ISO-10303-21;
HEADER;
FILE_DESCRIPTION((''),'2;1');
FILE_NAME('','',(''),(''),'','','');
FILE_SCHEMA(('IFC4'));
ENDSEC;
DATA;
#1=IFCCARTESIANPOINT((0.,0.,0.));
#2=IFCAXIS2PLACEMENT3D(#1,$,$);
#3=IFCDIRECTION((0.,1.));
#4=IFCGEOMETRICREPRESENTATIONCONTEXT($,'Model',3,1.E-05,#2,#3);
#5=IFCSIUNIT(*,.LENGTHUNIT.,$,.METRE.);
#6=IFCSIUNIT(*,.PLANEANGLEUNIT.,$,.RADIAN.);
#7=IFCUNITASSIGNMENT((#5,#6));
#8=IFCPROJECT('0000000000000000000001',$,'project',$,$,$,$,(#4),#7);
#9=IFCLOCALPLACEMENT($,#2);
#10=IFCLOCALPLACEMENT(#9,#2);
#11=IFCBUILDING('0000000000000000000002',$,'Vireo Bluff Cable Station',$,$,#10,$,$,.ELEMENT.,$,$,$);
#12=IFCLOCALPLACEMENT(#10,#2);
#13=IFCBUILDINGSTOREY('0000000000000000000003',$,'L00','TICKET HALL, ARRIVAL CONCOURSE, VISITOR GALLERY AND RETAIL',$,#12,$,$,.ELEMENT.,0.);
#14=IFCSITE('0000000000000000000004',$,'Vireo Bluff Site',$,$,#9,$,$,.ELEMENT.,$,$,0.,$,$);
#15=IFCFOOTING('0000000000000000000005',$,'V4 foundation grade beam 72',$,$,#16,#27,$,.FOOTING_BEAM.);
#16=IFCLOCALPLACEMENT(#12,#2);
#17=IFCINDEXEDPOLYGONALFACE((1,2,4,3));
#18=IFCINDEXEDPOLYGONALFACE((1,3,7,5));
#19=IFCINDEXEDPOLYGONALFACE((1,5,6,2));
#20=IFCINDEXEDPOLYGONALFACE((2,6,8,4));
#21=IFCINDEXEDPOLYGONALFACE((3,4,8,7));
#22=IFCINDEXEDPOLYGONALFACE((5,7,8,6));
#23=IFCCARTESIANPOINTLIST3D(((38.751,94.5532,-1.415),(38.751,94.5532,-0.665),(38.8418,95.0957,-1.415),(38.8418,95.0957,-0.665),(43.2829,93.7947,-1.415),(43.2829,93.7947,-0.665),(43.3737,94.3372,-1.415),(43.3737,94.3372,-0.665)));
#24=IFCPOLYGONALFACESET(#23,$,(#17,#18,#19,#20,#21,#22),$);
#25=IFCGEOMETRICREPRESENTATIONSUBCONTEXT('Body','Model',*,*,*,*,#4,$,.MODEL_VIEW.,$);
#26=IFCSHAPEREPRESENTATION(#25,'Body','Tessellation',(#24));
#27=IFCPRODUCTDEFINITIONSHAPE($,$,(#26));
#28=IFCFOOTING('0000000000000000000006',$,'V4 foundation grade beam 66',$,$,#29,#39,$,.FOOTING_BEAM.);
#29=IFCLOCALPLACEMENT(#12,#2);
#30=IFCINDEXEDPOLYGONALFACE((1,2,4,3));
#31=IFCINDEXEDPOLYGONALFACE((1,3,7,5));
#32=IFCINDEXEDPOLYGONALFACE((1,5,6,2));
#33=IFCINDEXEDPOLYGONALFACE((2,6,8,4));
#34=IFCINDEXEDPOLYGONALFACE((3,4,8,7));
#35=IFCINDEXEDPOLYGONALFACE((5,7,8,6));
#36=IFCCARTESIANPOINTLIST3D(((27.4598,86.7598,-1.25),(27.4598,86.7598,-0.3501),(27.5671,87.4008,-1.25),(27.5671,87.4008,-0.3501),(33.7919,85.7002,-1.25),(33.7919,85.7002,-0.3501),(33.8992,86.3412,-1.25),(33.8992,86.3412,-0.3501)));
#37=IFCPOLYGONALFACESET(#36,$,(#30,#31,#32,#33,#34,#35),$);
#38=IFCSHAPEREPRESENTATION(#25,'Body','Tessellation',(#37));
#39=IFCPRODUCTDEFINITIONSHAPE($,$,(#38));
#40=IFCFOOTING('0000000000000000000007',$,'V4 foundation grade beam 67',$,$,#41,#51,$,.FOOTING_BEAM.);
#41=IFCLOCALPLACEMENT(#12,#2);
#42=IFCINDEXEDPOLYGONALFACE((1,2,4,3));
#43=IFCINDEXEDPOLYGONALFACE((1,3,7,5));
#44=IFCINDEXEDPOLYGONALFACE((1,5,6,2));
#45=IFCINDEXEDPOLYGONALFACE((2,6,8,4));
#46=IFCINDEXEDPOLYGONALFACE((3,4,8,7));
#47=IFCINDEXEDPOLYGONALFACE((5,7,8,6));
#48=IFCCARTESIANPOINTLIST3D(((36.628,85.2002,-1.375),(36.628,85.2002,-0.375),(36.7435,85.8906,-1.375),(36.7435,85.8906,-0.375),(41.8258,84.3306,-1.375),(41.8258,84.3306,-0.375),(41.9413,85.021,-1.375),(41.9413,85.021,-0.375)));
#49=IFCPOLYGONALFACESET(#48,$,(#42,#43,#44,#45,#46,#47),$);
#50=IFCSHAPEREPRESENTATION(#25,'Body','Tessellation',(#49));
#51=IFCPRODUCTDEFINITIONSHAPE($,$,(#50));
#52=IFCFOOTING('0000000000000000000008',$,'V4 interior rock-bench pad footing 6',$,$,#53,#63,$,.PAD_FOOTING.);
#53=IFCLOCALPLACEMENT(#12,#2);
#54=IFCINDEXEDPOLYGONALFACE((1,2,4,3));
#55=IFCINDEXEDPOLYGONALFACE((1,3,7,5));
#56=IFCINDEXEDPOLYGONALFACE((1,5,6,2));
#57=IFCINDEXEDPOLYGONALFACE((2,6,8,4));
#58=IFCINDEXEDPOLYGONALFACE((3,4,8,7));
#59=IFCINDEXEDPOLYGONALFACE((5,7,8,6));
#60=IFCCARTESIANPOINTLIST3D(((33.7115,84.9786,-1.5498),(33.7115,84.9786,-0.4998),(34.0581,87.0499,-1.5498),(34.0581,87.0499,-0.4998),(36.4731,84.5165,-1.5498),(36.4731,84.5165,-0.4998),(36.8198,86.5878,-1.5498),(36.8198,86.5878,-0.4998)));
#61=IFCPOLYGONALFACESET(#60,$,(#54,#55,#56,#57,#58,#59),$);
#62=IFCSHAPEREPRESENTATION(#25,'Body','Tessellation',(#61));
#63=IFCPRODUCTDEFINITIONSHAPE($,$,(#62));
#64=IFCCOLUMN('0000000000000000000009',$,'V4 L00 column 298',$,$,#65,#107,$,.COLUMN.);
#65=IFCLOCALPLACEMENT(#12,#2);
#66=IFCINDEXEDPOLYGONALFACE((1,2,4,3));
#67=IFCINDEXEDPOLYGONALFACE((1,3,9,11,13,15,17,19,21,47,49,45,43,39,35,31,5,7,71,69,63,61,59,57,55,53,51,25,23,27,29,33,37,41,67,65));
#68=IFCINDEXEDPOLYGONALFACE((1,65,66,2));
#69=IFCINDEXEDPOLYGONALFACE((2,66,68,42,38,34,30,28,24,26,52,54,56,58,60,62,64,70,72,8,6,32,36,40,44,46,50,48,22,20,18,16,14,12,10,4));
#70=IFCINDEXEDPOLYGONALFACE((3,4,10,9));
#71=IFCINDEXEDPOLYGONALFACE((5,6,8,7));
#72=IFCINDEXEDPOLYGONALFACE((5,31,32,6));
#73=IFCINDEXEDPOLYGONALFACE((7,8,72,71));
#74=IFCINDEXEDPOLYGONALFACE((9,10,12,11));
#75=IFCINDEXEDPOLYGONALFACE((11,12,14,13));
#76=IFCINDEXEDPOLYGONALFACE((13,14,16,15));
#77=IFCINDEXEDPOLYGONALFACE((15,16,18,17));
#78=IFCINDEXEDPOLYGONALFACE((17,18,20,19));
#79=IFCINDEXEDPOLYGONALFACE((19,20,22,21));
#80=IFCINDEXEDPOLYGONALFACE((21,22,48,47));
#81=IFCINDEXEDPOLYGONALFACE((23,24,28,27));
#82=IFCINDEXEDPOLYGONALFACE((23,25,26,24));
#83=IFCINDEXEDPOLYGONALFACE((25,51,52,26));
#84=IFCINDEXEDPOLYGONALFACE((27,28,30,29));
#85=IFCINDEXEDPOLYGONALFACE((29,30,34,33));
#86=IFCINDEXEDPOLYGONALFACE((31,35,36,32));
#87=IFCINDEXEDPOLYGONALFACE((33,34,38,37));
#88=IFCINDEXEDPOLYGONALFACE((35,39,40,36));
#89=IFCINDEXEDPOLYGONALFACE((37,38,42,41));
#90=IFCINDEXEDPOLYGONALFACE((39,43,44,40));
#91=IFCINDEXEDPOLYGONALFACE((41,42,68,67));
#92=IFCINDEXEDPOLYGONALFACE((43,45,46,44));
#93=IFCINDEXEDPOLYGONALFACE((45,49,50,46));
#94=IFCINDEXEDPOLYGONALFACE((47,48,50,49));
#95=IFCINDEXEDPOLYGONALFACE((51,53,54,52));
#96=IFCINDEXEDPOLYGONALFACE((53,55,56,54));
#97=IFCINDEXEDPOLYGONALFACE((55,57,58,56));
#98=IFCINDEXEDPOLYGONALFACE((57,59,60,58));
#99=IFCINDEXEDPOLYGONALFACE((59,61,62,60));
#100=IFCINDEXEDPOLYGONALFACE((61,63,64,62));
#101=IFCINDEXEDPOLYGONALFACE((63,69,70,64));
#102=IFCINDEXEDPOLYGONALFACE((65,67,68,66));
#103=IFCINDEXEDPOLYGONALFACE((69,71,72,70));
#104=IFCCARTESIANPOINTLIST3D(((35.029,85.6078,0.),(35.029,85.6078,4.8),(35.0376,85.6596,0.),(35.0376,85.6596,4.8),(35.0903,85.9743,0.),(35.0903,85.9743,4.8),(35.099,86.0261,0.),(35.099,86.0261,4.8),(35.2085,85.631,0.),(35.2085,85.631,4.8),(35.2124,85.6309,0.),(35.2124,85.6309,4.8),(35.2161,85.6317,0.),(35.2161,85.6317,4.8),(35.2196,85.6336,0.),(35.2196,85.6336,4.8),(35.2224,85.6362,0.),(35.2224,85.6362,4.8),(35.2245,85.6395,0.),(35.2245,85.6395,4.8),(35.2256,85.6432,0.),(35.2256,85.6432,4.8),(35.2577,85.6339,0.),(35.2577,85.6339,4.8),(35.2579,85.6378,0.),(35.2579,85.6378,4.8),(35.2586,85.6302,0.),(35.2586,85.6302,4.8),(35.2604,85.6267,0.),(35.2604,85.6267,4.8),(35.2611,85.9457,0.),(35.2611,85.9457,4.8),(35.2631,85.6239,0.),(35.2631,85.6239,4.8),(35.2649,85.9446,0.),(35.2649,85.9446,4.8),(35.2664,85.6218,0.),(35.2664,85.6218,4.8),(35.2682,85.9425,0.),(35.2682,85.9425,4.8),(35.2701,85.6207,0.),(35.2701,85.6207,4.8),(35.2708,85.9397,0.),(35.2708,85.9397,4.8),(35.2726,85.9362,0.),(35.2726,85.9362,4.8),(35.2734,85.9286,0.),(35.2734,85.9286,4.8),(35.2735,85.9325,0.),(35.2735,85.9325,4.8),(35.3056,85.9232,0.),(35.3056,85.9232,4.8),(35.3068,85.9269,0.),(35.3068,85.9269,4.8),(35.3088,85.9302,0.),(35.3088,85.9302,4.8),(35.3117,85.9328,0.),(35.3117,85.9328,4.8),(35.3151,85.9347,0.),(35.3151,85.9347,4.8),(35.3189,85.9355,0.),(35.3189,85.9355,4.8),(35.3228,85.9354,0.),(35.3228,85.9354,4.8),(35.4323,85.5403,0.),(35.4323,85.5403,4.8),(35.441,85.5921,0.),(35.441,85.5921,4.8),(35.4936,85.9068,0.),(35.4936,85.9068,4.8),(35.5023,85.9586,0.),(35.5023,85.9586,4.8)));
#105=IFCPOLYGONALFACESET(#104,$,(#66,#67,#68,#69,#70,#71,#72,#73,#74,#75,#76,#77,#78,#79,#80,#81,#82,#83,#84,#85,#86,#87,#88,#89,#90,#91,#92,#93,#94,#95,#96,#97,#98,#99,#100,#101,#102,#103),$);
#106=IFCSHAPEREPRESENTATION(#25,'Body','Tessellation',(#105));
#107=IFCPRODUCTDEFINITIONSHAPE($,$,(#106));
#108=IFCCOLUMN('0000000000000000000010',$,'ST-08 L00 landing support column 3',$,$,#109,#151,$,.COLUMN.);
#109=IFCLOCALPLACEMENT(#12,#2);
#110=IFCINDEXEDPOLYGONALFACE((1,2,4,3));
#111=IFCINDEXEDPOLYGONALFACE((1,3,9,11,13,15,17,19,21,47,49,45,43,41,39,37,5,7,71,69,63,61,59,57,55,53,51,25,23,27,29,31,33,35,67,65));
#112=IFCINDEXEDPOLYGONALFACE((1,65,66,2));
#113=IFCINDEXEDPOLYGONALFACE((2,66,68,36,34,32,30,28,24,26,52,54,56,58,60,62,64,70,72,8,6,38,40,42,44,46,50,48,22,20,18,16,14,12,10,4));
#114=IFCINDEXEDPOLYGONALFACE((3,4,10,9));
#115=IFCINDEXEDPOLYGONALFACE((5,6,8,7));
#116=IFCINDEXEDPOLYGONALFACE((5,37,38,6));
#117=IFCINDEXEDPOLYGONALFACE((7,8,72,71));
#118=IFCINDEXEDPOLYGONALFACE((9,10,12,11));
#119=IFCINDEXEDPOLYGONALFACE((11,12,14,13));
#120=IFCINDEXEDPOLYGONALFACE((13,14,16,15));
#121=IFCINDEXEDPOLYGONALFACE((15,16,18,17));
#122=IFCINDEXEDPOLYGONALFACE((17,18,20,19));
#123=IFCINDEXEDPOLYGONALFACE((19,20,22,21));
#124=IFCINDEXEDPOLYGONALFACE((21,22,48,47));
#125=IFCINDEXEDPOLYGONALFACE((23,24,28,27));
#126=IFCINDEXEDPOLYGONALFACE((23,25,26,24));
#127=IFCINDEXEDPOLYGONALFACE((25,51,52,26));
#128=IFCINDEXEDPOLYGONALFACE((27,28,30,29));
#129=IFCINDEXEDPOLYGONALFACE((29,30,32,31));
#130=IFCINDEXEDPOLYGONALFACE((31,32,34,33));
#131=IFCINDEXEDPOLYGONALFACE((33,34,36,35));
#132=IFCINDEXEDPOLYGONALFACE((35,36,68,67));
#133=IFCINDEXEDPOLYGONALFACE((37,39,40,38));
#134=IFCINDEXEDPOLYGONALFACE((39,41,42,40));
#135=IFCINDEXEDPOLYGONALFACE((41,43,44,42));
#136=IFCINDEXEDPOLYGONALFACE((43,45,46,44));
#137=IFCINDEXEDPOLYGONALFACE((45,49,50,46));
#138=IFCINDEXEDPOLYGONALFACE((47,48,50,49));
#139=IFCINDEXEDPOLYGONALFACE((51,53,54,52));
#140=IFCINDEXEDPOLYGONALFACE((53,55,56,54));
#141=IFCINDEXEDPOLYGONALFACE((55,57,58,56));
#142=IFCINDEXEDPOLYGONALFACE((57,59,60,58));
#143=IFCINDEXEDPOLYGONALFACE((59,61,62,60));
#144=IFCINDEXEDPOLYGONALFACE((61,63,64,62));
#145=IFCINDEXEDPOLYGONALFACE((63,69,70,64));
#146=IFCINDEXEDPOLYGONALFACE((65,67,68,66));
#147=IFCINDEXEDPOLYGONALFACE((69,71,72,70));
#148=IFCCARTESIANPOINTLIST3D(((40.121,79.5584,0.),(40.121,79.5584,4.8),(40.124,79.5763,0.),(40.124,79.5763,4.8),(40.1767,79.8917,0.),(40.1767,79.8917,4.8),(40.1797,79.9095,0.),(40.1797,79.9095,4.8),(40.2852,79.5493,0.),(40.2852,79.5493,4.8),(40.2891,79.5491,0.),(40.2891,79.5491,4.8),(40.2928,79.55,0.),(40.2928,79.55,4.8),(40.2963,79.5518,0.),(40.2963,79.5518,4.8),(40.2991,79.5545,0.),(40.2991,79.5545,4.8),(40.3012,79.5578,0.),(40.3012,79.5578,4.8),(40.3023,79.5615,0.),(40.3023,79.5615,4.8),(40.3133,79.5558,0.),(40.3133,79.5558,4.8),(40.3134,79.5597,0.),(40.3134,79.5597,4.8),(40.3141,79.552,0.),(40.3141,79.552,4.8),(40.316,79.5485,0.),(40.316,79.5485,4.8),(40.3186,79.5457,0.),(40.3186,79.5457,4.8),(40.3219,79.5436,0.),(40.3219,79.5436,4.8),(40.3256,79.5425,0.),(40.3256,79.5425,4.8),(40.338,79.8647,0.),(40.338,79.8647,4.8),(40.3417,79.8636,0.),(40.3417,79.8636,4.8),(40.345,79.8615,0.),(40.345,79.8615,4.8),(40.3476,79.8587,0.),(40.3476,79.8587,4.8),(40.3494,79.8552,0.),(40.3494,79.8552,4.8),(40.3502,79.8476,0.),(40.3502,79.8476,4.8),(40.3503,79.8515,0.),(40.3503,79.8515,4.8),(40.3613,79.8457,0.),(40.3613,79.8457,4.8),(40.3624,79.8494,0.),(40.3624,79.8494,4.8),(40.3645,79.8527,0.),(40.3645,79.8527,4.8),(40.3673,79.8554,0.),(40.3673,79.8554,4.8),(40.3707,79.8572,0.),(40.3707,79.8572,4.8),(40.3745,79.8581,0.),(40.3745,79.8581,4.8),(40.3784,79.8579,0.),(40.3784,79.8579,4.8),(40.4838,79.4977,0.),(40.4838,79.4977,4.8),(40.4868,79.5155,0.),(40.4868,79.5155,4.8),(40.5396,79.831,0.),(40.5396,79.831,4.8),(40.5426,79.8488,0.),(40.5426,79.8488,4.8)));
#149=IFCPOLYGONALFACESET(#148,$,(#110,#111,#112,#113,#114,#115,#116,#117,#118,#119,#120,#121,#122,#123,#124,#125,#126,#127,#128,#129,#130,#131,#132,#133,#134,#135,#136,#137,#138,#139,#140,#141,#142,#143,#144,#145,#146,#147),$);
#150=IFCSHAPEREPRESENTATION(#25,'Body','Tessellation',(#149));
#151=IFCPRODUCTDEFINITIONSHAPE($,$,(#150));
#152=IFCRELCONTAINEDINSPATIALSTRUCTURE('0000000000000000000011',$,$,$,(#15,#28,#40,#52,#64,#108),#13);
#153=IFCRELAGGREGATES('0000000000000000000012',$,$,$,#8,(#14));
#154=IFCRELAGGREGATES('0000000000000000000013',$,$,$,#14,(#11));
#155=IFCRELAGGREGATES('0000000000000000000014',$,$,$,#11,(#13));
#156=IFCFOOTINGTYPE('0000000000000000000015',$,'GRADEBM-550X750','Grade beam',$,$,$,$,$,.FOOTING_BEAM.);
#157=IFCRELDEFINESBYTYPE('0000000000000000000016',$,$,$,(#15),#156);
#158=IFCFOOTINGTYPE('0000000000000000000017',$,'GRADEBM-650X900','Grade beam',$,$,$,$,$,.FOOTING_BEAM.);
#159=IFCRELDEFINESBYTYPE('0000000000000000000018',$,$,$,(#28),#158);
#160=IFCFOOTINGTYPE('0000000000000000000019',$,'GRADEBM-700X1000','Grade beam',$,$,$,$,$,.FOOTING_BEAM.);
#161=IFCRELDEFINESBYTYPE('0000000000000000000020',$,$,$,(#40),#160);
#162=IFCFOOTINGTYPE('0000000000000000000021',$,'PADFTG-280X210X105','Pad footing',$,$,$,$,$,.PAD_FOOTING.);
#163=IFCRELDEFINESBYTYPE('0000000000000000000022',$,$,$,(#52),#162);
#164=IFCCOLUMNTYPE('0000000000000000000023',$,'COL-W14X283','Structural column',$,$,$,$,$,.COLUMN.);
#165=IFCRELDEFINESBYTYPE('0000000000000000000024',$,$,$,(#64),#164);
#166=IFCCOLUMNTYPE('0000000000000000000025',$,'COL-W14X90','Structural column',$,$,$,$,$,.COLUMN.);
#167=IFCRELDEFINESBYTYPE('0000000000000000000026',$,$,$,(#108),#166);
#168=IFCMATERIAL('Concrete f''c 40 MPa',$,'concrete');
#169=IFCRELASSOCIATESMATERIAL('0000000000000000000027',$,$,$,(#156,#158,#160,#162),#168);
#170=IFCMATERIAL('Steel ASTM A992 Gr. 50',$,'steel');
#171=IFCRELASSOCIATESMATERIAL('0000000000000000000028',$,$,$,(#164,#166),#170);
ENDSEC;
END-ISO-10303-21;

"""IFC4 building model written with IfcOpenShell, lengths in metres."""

from ifc_helpers import new_model, si_unit, direction, frame, origin, origin_2d, place, context, subcontext, project, spatial, rectangle, i_section, extrude, material, material_profile, profile_set, type_object, element, save


model = new_model("IFC4")

# Units and contexts
model_context = context("Model", 3, precision=1e-05, world=origin(), true_north=direction((0.0, 1.0)))
body_context = subcontext(model_context, "Body", "Model", "MODEL_VIEW")
ifc_project = project(units=[si_unit("LENGTHUNIT", "METRE"), si_unit("PLANEANGLEUNIT", "RADIAN")], contexts=[model_context])

# Site, building, storey
site_placement = place(None, origin())
site = spatial("IfcSite", under=ifc_project, at=site_placement, Name="Vireo Bluff Site", CompositionType="ELEMENT", RefElevation=0.0)
building_placement = place(site_placement, origin())
building = spatial("IfcBuilding", under=site, at=building_placement, Name="Vireo Bluff Cable Station", CompositionType="ELEMENT")
storey_placement = place(building_placement, origin())
storey = spatial("IfcBuildingStorey", under=building, at=storey_placement, Name="L00", Description="TICKET HALL, ARRIVAL CONCOURSE, VISITOR GALLERY AND RETAIL", CompositionType="ELEMENT", Elevation=0.0)

# Footings
ifc_material_1 = material(Name="Concrete f'c 40 MPa", Category="concrete")
ifc_material_profile_1 = material_profile(ifc_material_1, rectangle(XDim=0.55, YDim=0.75, at=origin_2d()), Name="GRADEBM-550X750")
ifc_profile_set_1 = profile_set([ifc_material_profile_1], Name="Concrete f'c 40 MPa")
footing_type_1 = type_object("IfcFootingType", Name="GRADEBM-550X750", Description="Grade beam", PredefinedType="FOOTING_BEAM", material=ifc_profile_set_1)
footing_1_placement = place(storey_placement, frame((38.7964, 94.8245, -1.04), z_axis=(0.98628, -0.16508, 0.0), x_axis=(0.16508, 0.98628, 0.0)))
element("IfcFooting", 1, at=footing_1_placement, inside=storey, type_object=footing_type_1, Name="V4 foundation grade beam 72", PredefinedType="FOOTING_BEAM", context=body_context, shape_type="SweptSolid", body=[
    extrude(rectangle(XDim=0.55, YDim=0.75, at=origin_2d()), origin(), (0.0, 0.0, 1.0), 4.595),
])
ifc_material_profile_2 = material_profile(ifc_material_1, rectangle(XDim=0.6499, YDim=0.8999, at=origin_2d()), Name="GRADEBM-650X900")
ifc_profile_set_2 = profile_set([ifc_material_profile_2], Name="Concrete f'c 40 MPa")
footing_type_2 = type_object("IfcFootingType", Name="GRADEBM-650X900", Description="Grade beam", PredefinedType="FOOTING_BEAM", material=ifc_profile_set_2)
footing_2_placement = place(storey_placement, frame((27.5134, 87.0803, -0.8), z_axis=(0.986287, -0.16504, 0.0), x_axis=(0.16504, 0.986287, 0.0)))
element("IfcFooting", 2, at=footing_2_placement, inside=storey, type_object=footing_type_2, Name="V4 foundation grade beam 66", PredefinedType="FOOTING_BEAM", context=body_context, shape_type="SweptSolid", body=[
    extrude(rectangle(XDim=0.6499, YDim=0.8999, at=origin_2d()), origin(), (0.0, 0.0, 1.0), 6.4202),
])
ifc_material_profile_3 = material_profile(ifc_material_1, rectangle(XDim=0.7, YDim=1.0, at=origin_2d()), Name="GRADEBM-700X1000")
ifc_profile_set_3 = profile_set([ifc_material_profile_3], Name="Concrete f'c 40 MPa")
footing_type_3 = type_object("IfcFootingType", Name="GRADEBM-700X1000", Description="Grade beam", PredefinedType="FOOTING_BEAM", material=ifc_profile_set_3)
footing_3_placement = place(storey_placement, frame((36.6858, 85.5454, -0.875), z_axis=(0.986291, -0.165015, 0.0), x_axis=(0.165015, 0.986291, 0.0)))
element("IfcFooting", 3, at=footing_3_placement, inside=storey, type_object=footing_type_3, Name="V4 foundation grade beam 67", PredefinedType="FOOTING_BEAM", context=body_context, shape_type="SweptSolid", body=[
    extrude(rectangle(XDim=0.7, YDim=1.0, at=origin_2d()), origin(), (0.0, 0.0, 1.0), 5.27),
])
footing_type_4 = type_object("IfcFootingType", Name="PADFTG-280X210X105", Description="Pad footing", PredefinedType="PAD_FOOTING", material=ifc_material_1)
footing_4_placement = place(storey_placement, frame((35.2656, 85.7832, -1.5498), z_axis=(0.0, 0.0, 1.0), x_axis=(0.986286, -0.165048, 0.0)))
element("IfcFooting", 4, at=footing_4_placement, inside=storey, type_object=footing_type_4, Name="V4 interior rock-bench pad footing 6", PredefinedType="PAD_FOOTING", context=body_context, shape_type="SweptSolid", body=[
    extrude(rectangle(XDim=2.8, YDim=2.1001, at=origin_2d()), origin(), (0.0, 0.0, 1.0), 1.05),
])

# Columns
ifc_material_2 = material(Name="Steel ASTM A992 Gr. 50", Category="steel")
ifc_material_profile_4 = material_profile(ifc_material_2, i_section(OverallWidth=0.4089, OverallDepth=0.4241, WebThickness=0.0327, FlangeThickness=0.0525, FilletRadius=0.0149, at=origin_2d()), Name="W14X283")
ifc_profile_set_4 = profile_set([ifc_material_profile_4], Name="Steel ASTM A992 Gr. 50")
column_type_1 = type_object("IfcColumnType", Name="COL-W14X283", Description="Structural column", PredefinedType="COLUMN", material=ifc_profile_set_4)
column_1_placement = place(storey_placement, frame((35.2656, 85.7832, 0.0), z_axis=(0.0, 0.0, 1.0), x_axis=(0.986286, -0.165048, 0.0)))
element("IfcColumn", 5, at=column_1_placement, inside=storey, type_object=column_type_1, Name="V4 L00 column 298", PredefinedType="COLUMN", context=body_context, shape_type="SweptSolid", body=[
    extrude(i_section(OverallWidth=0.4089, OverallDepth=0.4241, WebThickness=0.0327, FlangeThickness=0.0525, FilletRadius=0.0149, at=origin_2d()), origin(), (0.0, 0.0, 1.0), 4.8),
])
ifc_material_profile_5 = material_profile(ifc_material_2, i_section(OverallWidth=0.3679, OverallDepth=0.356, WebThickness=0.0112, FlangeThickness=0.0181, FilletRadius=0.0149, at=origin_2d()), Name="W14X90")
ifc_profile_set_5 = profile_set([ifc_material_profile_5], Name="Steel ASTM A992 Gr. 50")
column_type_2 = type_object("IfcColumnType", Name="COL-W14X90", Description="Structural column", PredefinedType="COLUMN", material=ifc_profile_set_5)
column_2_placement = place(storey_placement, frame((40.3318, 79.7036, 0.0), z_axis=(0.0, 0.0, 1.0), x_axis=(0.986286, -0.165048, 0.0)))
element("IfcColumn", 6, at=column_2_placement, inside=storey, type_object=column_type_2, Name="ST-08 L00 landing support column 3", PredefinedType="COLUMN", context=body_context, shape_type="SweptSolid", body=[
    extrude(i_section(OverallWidth=0.3679, OverallDepth=0.356, WebThickness=0.0112, FlangeThickness=0.0181, FilletRadius=0.0149, at=origin_2d()), origin(), (0.0, 0.0, 1.0), 4.8),
])

save(model, "model.ifc")
